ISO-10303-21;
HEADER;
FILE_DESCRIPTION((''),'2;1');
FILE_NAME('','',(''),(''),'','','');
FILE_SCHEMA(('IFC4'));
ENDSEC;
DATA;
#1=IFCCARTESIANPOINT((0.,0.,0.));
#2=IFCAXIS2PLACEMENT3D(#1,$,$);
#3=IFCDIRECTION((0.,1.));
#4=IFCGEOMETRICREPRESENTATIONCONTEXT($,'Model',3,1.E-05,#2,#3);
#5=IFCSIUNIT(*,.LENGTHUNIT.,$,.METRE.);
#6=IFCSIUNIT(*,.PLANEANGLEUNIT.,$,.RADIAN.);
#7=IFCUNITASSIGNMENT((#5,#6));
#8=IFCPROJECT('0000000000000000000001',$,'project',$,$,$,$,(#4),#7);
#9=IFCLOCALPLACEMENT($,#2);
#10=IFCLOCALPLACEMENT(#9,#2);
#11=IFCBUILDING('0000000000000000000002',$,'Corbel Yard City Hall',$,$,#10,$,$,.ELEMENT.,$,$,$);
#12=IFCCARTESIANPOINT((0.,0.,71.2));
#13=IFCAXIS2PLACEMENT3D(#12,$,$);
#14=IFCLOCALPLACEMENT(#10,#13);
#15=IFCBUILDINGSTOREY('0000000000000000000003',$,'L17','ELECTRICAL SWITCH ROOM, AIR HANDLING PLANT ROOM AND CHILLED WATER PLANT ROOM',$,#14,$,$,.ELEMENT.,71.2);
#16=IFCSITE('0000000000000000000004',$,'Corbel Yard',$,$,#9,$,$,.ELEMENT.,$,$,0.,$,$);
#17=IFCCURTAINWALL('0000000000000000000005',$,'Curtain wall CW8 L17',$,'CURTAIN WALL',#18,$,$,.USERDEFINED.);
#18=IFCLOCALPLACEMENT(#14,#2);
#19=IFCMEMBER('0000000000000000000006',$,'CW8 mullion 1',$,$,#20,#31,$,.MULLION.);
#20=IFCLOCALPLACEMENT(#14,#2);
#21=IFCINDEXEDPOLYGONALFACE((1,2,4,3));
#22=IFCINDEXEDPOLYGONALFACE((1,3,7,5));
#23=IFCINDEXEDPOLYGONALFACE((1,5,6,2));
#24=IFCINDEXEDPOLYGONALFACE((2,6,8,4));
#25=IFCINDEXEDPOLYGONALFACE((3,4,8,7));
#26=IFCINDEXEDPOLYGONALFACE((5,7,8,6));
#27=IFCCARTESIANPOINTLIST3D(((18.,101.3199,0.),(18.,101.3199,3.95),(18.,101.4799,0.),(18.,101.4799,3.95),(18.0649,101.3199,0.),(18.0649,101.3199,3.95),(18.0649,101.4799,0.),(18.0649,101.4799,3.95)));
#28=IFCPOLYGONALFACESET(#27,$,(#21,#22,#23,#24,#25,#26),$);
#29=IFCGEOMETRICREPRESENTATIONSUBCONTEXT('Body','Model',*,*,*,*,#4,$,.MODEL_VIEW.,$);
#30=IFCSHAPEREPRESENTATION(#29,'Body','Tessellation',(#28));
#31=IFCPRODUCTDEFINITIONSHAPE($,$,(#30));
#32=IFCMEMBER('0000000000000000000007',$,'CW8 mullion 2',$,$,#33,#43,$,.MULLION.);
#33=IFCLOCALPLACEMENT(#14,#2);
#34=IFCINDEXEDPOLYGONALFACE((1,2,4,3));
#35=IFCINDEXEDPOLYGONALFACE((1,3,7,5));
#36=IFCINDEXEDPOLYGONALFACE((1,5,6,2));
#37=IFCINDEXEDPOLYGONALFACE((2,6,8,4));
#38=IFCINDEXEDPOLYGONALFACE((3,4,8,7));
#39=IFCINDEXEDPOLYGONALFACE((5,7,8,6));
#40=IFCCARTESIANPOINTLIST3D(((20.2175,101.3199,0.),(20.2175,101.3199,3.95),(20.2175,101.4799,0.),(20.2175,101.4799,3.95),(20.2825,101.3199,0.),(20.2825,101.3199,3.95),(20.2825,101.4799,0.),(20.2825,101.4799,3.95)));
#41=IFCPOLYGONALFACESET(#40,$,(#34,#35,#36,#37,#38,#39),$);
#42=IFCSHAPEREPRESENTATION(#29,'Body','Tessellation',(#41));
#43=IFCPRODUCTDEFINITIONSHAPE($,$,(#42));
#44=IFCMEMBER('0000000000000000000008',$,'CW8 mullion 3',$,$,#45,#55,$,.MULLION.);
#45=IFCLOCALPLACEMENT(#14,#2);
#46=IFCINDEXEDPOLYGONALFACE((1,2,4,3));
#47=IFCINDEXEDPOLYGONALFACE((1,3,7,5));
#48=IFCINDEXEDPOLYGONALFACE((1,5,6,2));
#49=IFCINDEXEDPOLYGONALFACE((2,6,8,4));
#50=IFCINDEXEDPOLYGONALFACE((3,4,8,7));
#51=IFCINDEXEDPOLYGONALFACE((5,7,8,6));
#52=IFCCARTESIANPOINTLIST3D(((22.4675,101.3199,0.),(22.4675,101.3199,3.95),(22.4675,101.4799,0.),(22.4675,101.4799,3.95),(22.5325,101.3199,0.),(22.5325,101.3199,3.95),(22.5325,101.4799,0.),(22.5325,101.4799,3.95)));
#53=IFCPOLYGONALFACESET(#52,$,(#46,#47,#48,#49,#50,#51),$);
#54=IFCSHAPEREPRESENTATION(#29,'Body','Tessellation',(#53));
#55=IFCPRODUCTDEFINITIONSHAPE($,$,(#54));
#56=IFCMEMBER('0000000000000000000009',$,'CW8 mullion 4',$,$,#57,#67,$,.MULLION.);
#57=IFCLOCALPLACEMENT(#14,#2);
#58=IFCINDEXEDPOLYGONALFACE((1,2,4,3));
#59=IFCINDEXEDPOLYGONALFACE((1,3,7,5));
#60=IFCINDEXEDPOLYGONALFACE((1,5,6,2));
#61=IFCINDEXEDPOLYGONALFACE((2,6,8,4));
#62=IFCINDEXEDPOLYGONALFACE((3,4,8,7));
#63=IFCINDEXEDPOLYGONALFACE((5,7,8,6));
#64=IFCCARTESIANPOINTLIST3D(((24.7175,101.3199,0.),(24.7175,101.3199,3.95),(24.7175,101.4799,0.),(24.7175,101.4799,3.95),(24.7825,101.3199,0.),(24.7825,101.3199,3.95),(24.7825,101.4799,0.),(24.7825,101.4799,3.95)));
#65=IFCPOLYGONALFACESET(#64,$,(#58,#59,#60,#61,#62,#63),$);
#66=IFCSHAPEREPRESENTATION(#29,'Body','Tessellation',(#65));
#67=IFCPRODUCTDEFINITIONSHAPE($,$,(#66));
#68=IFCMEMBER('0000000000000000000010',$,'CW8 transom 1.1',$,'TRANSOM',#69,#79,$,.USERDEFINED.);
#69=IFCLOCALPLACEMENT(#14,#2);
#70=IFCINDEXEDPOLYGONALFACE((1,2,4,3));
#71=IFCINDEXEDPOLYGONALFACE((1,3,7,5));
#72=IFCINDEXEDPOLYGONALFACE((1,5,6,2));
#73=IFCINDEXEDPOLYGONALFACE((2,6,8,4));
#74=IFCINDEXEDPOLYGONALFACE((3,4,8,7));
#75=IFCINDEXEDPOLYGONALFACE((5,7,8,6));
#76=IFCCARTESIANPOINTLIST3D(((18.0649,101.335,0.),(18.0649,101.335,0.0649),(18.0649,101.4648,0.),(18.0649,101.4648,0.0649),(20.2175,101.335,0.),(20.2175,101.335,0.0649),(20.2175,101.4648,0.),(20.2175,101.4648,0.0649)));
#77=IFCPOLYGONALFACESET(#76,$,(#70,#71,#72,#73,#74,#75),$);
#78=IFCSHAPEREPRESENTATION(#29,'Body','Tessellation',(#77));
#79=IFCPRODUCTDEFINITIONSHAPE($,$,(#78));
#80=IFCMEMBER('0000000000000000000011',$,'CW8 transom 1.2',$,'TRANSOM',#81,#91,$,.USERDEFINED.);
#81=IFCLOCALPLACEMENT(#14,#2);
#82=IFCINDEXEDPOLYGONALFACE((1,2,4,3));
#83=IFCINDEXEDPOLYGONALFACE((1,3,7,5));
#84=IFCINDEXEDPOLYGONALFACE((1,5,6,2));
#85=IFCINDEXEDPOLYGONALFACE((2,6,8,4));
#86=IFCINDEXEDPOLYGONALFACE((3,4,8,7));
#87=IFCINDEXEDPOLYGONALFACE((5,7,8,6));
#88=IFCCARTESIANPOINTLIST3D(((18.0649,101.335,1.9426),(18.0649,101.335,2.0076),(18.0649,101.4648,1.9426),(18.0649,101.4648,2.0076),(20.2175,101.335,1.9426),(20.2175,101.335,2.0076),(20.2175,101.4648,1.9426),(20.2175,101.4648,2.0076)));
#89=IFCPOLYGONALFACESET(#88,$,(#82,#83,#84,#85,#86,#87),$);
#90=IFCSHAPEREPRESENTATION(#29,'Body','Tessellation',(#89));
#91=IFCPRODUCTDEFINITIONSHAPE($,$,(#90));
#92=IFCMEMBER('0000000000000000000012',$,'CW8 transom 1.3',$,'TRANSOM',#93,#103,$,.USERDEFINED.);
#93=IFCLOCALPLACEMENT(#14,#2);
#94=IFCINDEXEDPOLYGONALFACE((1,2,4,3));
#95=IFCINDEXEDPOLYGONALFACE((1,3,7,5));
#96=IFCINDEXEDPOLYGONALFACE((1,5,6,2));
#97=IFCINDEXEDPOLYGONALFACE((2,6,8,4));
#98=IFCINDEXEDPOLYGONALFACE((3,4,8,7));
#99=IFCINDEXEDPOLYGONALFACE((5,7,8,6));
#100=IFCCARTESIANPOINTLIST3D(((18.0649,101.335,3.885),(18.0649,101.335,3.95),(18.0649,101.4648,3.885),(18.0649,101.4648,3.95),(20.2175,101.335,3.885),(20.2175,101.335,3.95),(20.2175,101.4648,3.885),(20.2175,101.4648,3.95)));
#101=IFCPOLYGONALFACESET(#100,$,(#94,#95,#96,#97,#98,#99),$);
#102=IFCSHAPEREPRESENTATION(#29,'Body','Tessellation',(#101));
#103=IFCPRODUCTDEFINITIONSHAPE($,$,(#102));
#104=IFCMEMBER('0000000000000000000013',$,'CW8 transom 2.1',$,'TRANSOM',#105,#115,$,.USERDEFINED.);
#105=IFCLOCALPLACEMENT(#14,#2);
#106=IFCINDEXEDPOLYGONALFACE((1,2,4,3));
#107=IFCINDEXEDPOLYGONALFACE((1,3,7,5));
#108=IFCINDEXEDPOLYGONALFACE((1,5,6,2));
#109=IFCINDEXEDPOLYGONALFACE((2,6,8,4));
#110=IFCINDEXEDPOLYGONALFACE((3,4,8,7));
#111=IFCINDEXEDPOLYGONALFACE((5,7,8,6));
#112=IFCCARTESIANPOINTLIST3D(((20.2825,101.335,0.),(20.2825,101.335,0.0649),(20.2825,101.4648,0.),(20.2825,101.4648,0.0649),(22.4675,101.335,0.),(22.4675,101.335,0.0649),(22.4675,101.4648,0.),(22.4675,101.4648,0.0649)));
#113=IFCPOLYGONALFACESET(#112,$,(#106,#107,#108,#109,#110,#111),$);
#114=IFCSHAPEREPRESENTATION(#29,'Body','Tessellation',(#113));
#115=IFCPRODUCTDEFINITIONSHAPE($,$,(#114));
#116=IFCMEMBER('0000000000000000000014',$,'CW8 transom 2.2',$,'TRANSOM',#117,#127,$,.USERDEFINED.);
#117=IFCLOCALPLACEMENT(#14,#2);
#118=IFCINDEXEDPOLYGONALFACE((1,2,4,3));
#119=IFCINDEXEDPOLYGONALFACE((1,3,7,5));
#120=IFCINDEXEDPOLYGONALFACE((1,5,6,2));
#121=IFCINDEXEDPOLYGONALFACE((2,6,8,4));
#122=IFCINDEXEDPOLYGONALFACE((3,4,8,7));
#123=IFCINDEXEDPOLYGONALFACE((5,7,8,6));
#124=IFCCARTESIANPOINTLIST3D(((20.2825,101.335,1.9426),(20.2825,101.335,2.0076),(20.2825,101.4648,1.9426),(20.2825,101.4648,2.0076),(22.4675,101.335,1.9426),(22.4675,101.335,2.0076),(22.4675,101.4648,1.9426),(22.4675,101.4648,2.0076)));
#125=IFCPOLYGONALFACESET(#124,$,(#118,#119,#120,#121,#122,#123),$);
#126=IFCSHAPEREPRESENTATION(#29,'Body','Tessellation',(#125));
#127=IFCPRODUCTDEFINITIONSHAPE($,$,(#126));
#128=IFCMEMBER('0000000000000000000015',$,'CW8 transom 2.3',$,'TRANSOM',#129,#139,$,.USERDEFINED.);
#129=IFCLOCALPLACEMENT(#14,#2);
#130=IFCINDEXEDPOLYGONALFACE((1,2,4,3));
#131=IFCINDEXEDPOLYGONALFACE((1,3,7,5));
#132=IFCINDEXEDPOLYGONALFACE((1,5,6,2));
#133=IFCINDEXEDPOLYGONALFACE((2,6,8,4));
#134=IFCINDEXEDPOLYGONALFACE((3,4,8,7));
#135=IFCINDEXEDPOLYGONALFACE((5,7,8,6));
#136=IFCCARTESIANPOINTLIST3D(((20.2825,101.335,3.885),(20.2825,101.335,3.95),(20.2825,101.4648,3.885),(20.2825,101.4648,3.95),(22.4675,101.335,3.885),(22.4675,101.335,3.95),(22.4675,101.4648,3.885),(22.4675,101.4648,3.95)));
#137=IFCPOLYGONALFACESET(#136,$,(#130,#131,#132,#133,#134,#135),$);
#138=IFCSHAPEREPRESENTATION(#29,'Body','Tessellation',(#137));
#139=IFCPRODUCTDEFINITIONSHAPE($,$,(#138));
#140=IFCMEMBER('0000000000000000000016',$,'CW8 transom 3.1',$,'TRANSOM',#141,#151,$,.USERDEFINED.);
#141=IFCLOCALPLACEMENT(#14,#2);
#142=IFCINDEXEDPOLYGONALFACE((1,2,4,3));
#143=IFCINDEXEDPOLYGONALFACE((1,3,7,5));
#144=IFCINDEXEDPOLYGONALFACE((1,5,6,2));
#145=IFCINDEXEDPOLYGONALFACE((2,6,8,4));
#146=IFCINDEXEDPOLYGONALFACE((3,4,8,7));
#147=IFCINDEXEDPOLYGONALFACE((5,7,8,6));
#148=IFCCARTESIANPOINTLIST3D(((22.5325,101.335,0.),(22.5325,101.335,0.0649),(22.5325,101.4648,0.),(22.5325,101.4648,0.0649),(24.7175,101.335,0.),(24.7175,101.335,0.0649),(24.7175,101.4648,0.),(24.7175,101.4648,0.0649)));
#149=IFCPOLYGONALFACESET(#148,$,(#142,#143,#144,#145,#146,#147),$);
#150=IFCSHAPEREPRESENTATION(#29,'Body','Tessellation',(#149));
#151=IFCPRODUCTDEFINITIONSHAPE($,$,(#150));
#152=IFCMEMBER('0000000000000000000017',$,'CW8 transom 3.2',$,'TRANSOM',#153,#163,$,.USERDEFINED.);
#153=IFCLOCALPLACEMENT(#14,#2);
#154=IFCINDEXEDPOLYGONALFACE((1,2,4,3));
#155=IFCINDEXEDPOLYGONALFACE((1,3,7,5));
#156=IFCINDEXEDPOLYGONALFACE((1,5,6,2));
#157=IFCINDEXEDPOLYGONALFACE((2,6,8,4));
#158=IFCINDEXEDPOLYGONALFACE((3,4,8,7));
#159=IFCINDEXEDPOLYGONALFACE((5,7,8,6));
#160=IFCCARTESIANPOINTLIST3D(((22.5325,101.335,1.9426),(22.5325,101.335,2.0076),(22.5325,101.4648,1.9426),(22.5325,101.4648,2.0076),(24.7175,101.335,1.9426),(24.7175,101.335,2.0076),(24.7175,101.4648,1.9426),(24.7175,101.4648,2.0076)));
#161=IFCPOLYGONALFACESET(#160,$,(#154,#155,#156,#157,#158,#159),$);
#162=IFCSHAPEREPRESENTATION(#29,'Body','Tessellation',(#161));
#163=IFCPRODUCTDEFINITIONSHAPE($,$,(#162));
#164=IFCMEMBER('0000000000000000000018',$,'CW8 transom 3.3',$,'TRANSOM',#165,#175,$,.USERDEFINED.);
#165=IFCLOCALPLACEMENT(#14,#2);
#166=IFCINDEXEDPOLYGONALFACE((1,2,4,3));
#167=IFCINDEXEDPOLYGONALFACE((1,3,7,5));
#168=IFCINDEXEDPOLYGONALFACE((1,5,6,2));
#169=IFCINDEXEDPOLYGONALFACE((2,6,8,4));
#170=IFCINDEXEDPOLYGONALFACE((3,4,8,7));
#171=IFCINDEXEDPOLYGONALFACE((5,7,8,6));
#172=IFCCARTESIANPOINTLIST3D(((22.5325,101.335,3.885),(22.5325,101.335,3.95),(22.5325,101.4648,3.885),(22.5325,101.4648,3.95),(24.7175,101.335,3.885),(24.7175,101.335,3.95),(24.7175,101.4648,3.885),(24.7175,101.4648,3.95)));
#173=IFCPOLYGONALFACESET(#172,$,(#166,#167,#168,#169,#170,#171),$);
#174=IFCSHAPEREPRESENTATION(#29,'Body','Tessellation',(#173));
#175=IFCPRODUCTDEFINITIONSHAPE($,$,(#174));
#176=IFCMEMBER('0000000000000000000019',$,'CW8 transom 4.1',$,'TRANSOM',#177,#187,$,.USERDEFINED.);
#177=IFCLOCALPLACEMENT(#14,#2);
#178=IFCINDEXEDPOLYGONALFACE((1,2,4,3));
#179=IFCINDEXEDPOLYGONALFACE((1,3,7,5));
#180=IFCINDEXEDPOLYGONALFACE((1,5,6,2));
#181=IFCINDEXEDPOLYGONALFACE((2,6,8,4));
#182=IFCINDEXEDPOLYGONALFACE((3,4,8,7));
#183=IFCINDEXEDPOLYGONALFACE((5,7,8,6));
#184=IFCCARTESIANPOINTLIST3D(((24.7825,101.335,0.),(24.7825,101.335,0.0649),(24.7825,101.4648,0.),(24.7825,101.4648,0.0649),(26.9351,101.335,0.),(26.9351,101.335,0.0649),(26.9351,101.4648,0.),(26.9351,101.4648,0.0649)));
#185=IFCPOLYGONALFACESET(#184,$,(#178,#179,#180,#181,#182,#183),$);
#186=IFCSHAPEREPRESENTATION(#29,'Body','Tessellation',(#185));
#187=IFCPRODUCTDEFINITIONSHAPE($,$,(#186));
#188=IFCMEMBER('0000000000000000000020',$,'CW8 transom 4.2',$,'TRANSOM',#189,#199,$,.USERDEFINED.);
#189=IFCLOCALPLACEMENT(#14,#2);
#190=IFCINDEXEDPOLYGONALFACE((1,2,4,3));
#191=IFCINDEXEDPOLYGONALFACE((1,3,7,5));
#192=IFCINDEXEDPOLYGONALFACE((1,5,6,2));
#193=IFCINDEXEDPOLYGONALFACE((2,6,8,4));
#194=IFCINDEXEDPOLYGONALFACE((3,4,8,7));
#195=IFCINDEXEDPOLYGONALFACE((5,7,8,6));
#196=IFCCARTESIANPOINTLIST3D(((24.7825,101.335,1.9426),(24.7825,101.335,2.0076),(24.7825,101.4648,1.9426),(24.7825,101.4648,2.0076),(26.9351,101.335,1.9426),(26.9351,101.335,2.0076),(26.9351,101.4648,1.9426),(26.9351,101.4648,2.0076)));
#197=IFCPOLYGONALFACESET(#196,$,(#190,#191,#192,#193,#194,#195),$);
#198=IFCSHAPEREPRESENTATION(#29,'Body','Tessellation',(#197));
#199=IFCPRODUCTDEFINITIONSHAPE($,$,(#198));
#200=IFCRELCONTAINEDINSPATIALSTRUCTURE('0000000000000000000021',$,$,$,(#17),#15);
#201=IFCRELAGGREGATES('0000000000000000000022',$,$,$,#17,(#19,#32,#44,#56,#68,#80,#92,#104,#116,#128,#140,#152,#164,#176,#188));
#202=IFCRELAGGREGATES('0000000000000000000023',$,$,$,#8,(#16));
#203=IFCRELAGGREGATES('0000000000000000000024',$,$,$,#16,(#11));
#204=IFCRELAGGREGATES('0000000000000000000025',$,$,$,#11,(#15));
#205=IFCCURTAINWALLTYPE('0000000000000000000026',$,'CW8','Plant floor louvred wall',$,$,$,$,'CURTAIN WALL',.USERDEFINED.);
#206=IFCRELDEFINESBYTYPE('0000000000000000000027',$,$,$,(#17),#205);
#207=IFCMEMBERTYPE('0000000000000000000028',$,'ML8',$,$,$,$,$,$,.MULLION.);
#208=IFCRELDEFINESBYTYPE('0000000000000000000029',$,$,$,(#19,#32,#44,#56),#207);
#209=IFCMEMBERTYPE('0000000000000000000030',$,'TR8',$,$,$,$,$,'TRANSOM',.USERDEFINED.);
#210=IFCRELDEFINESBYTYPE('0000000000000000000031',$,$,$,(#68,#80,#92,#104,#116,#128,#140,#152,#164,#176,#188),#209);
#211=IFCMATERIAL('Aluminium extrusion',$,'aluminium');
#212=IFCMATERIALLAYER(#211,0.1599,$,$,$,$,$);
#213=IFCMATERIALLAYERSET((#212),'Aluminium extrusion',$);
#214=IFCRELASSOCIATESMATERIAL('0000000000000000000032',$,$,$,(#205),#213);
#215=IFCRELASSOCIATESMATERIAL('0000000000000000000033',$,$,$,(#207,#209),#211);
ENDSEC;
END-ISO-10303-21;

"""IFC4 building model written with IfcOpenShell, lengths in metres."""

from ifc_helpers import new_model, si_unit, direction, frame, origin, origin_2d, place, context, subcontext, project, spatial, rectangle, extrude, material, layer, layer_set, material_profile, profile_set, type_object, element, aggregate, save


model = new_model("IFC4")

# Units and contexts
model_context = context("Model", 3, precision=1e-05, world=origin(), true_north=direction((0.0, 1.0)))
body_context = subcontext(model_context, "Body", "Model", "MODEL_VIEW")
ifc_project = project(units=[si_unit("LENGTHUNIT", "METRE"), si_unit("PLANEANGLEUNIT", "RADIAN")], contexts=[model_context])

# Site, building, storey
site_placement = place(None, origin())
site = spatial("IfcSite", under=ifc_project, at=site_placement, Name="Corbel Yard", CompositionType="ELEMENT", RefElevation=0.0)
building_placement = place(site_placement, origin())
building = spatial("IfcBuilding", under=site, at=building_placement, Name="Corbel Yard City Hall", CompositionType="ELEMENT")
storey_placement = place(building_placement, frame((0.0, 0.0, 71.2)))
storey = spatial("IfcBuildingStorey", under=building, at=storey_placement, Name="L17", Description="ELECTRICAL SWITCH ROOM, AIR HANDLING PLANT ROOM AND CHILLED WATER PLANT ROOM", CompositionType="ELEMENT", Elevation=71.2)

# Curtain wall, members
ifc_material_1 = material(Name="Aluminium extrusion", Category="aluminium")
ifc_layer_1 = layer(ifc_material_1, 0.1599)
ifc_layer_set_1 = layer_set([ifc_layer_1], Name="Aluminium extrusion")
curtain_wall_type = type_object("IfcCurtainWallType", Name="CW8", Description="Plant floor louvred wall", ElementType="CURTAIN WALL", PredefinedType="USERDEFINED", material=ifc_layer_set_1)
curtain_wall_placement = place(storey_placement, origin())
curtain_wall = element("IfcCurtainWall", 1, at=curtain_wall_placement, inside=storey, type_object=curtain_wall_type, Name="Curtain wall CW8 L17", ObjectType="CURTAIN WALL", PredefinedType="USERDEFINED")
ifc_material_profile_1 = material_profile(ifc_material_1, rectangle(XDim=0.1599, YDim=0.0649, at=origin_2d()), Name="160x65")
ifc_profile_set_1 = profile_set([ifc_material_profile_1], Name="Aluminium extrusion")
member_type_1 = type_object("IfcMemberType", Name="ML8", PredefinedType="MULLION", material=ifc_profile_set_1)
member_1_placement = place(storey_placement, frame((18.0325, 101.3999, 0.0), z_axis=(0.0, 0.0, 1.0), x_axis=(0.0, 1.0, 0.0)))
member_1 = element("IfcMember", 2, at=member_1_placement, type_object=member_type_1, Name="CW8 mullion 1", PredefinedType="MULLION", context=body_context, shape_type="SweptSolid", body=[
    extrude(rectangle(XDim=0.1599, YDim=0.0649, at=origin_2d()), origin(), (0.0, 0.0, 1.0), 3.95),
])
member_2_placement = place(storey_placement, frame((20.25, 101.3999, 0.0), z_axis=(0.0, 0.0, 1.0), x_axis=(0.0, 1.0, 0.0)))
member_2 = element("IfcMember", 3, at=member_2_placement, type_object=member_type_1, Name="CW8 mullion 2", PredefinedType="MULLION", context=body_context, shape_type="SweptSolid", body=[
    extrude(rectangle(XDim=0.1599, YDim=0.0649, at=origin_2d()), origin(), (0.0, 0.0, 1.0), 3.95),
])
member_3_placement = place(storey_placement, frame((22.5, 101.3999, 0.0), z_axis=(0.0, 0.0, 1.0), x_axis=(0.0, 1.0, 0.0)))
member_3 = element("IfcMember", 4, at=member_3_placement, type_object=member_type_1, Name="CW8 mullion 3", PredefinedType="MULLION", context=body_context, shape_type="SweptSolid", body=[
    extrude(rectangle(XDim=0.1599, YDim=0.0649, at=origin_2d()), origin(), (0.0, 0.0, 1.0), 3.95),
])
member_4_placement = place(storey_placement, frame((24.75, 101.3999, 0.0), z_axis=(0.0, 0.0, 1.0), x_axis=(0.0, 1.0, 0.0)))
member_4 = element("IfcMember", 5, at=member_4_placement, type_object=member_type_1, Name="CW8 mullion 4", PredefinedType="MULLION", context=body_context, shape_type="SweptSolid", body=[
    extrude(rectangle(XDim=0.1599, YDim=0.0649, at=origin_2d()), origin(), (0.0, 0.0, 1.0), 3.95),
])
ifc_material_profile_2 = material_profile(ifc_material_1, rectangle(XDim=0.1299, YDim=0.0649, at=origin_2d()), Name="130x65")
ifc_profile_set_2 = profile_set([ifc_material_profile_2], Name="Aluminium extrusion")
member_type_2 = type_object("IfcMemberType", Name="TR8", ElementType="TRANSOM", PredefinedType="USERDEFINED", material=ifc_profile_set_2)
member_5_placement = place(storey_placement, frame((18.0649, 101.3999, 0.0325), z_axis=(1.0, 0.0, 0.0), x_axis=(0.0, 1.0, 0.0)))
member_5 = element("IfcMember", 6, at=member_5_placement, type_object=member_type_2, Name="CW8 transom 1.1", ObjectType="TRANSOM", PredefinedType="USERDEFINED", context=body_context, shape_type="SweptSolid", body=[
    extrude(rectangle(XDim=0.1299, YDim=0.0649, at=origin_2d()), origin(), (0.0, 0.0, 1.0), 2.1526),
])
member_6_placement = place(storey_placement, frame((18.0649, 101.3999, 1.9751), z_axis=(1.0, 0.0, 0.0), x_axis=(0.0, 1.0, 0.0)))
member_6 = element("IfcMember", 7, at=member_6_placement, type_object=member_type_2, Name="CW8 transom 1.2", ObjectType="TRANSOM", PredefinedType="USERDEFINED", context=body_context, shape_type="SweptSolid", body=[
    extrude(rectangle(XDim=0.1299, YDim=0.0649, at=origin_2d()), origin(), (0.0, 0.0, 1.0), 2.1526),
])
member_7_placement = place(storey_placement, frame((18.0649, 101.3999, 3.9175), z_axis=(1.0, 0.0, 0.0), x_axis=(0.0, 1.0, 0.0)))
member_7 = element("IfcMember", 8, at=member_7_placement, type_object=member_type_2, Name="CW8 transom 1.3", ObjectType="TRANSOM", PredefinedType="USERDEFINED", context=body_context, shape_type="SweptSolid", body=[
    extrude(rectangle(XDim=0.1299, YDim=0.0649, at=origin_2d()), origin(), (0.0, 0.0, 1.0), 2.1526),
])
member_8_placement = place(storey_placement, frame((20.2825, 101.3999, 0.0325), z_axis=(1.0, 0.0, 0.0), x_axis=(0.0, 1.0, 0.0)))
member_8 = element("IfcMember", 9, at=member_8_placement, type_object=member_type_2, Name="CW8 transom 2.1", ObjectType="TRANSOM", PredefinedType="USERDEFINED", context=body_context, shape_type="SweptSolid", body=[
    extrude(rectangle(XDim=0.1299, YDim=0.0649, at=origin_2d()), origin(), (0.0, 0.0, 1.0), 2.1851),
])
member_9_placement = place(storey_placement, frame((20.2825, 101.3999, 1.9751), z_axis=(1.0, 0.0, 0.0), x_axis=(0.0, 1.0, 0.0)))
member_9 = element("IfcMember", 10, at=member_9_placement, type_object=member_type_2, Name="CW8 transom 2.2", ObjectType="TRANSOM", PredefinedType="USERDEFINED", context=body_context, shape_type="SweptSolid", body=[
    extrude(rectangle(XDim=0.1299, YDim=0.0649, at=origin_2d()), origin(), (0.0, 0.0, 1.0), 2.1851),
])
member_10_placement = place(storey_placement, frame((20.2825, 101.3999, 3.9175), z_axis=(1.0, 0.0, 0.0), x_axis=(0.0, 1.0, 0.0)))
member_10 = element("IfcMember", 11, at=member_10_placement, type_object=member_type_2, Name="CW8 transom 2.3", ObjectType="TRANSOM", PredefinedType="USERDEFINED", context=body_context, shape_type="SweptSolid", body=[
    extrude(rectangle(XDim=0.1299, YDim=0.0649, at=origin_2d()), origin(), (0.0, 0.0, 1.0), 2.1851),
])
member_11_placement = place(storey_placement, frame((22.5325, 101.3999, 0.0325), z_axis=(1.0, 0.0, 0.0), x_axis=(0.0, 1.0, 0.0)))
member_11 = element("IfcMember", 12, at=member_11_placement, type_object=member_type_2, Name="CW8 transom 3.1", ObjectType="TRANSOM", PredefinedType="USERDEFINED", context=body_context, shape_type="SweptSolid", body=[
    extrude(rectangle(XDim=0.1299, YDim=0.0649, at=origin_2d()), origin(), (0.0, 0.0, 1.0), 2.1851),
])
member_12_placement = place(storey_placement, frame((22.5325, 101.3999, 1.9751), z_axis=(1.0, 0.0, 0.0), x_axis=(0.0, 1.0, 0.0)))
member_12 = element("IfcMember", 13, at=member_12_placement, type_object=member_type_2, Name="CW8 transom 3.2", ObjectType="TRANSOM", PredefinedType="USERDEFINED", context=body_context, shape_type="SweptSolid", body=[
    extrude(rectangle(XDim=0.1299, YDim=0.0649, at=origin_2d()), origin(), (0.0, 0.0, 1.0), 2.1851),
])
member_13_placement = place(storey_placement, frame((22.5325, 101.3999, 3.9175), z_axis=(1.0, 0.0, 0.0), x_axis=(0.0, 1.0, 0.0)))
member_13 = element("IfcMember", 14, at=member_13_placement, type_object=member_type_2, Name="CW8 transom 3.3", ObjectType="TRANSOM", PredefinedType="USERDEFINED", context=body_context, shape_type="SweptSolid", body=[
    extrude(rectangle(XDim=0.1299, YDim=0.0649, at=origin_2d()), origin(), (0.0, 0.0, 1.0), 2.1851),
])
member_14_placement = place(storey_placement, frame((24.7825, 101.3999, 0.0325), z_axis=(1.0, 0.0, 0.0), x_axis=(0.0, 1.0, 0.0)))
member_14 = element("IfcMember", 15, at=member_14_placement, type_object=member_type_2, Name="CW8 transom 4.1", ObjectType="TRANSOM", PredefinedType="USERDEFINED", context=body_context, shape_type="SweptSolid", body=[
    extrude(rectangle(XDim=0.1299, YDim=0.0649, at=origin_2d()), origin(), (0.0, 0.0, 1.0), 2.1526),
])
member_15_placement = place(storey_placement, frame((24.7825, 101.3999, 1.9751), z_axis=(1.0, 0.0, 0.0), x_axis=(0.0, 1.0, 0.0)))
member_15 = element("IfcMember", 16, at=member_15_placement, type_object=member_type_2, Name="CW8 transom 4.2", ObjectType="TRANSOM", PredefinedType="USERDEFINED", context=body_context, shape_type="SweptSolid", body=[
    extrude(rectangle(XDim=0.1299, YDim=0.0649, at=origin_2d()), origin(), (0.0, 0.0, 1.0), 2.1526),
])
aggregate(curtain_wall, [member_1, member_2, member_3, member_4, member_5, member_6, member_7, member_8, member_9, member_10, member_11, member_12, member_13, member_14, member_15])

save(model, "model.ifc")
